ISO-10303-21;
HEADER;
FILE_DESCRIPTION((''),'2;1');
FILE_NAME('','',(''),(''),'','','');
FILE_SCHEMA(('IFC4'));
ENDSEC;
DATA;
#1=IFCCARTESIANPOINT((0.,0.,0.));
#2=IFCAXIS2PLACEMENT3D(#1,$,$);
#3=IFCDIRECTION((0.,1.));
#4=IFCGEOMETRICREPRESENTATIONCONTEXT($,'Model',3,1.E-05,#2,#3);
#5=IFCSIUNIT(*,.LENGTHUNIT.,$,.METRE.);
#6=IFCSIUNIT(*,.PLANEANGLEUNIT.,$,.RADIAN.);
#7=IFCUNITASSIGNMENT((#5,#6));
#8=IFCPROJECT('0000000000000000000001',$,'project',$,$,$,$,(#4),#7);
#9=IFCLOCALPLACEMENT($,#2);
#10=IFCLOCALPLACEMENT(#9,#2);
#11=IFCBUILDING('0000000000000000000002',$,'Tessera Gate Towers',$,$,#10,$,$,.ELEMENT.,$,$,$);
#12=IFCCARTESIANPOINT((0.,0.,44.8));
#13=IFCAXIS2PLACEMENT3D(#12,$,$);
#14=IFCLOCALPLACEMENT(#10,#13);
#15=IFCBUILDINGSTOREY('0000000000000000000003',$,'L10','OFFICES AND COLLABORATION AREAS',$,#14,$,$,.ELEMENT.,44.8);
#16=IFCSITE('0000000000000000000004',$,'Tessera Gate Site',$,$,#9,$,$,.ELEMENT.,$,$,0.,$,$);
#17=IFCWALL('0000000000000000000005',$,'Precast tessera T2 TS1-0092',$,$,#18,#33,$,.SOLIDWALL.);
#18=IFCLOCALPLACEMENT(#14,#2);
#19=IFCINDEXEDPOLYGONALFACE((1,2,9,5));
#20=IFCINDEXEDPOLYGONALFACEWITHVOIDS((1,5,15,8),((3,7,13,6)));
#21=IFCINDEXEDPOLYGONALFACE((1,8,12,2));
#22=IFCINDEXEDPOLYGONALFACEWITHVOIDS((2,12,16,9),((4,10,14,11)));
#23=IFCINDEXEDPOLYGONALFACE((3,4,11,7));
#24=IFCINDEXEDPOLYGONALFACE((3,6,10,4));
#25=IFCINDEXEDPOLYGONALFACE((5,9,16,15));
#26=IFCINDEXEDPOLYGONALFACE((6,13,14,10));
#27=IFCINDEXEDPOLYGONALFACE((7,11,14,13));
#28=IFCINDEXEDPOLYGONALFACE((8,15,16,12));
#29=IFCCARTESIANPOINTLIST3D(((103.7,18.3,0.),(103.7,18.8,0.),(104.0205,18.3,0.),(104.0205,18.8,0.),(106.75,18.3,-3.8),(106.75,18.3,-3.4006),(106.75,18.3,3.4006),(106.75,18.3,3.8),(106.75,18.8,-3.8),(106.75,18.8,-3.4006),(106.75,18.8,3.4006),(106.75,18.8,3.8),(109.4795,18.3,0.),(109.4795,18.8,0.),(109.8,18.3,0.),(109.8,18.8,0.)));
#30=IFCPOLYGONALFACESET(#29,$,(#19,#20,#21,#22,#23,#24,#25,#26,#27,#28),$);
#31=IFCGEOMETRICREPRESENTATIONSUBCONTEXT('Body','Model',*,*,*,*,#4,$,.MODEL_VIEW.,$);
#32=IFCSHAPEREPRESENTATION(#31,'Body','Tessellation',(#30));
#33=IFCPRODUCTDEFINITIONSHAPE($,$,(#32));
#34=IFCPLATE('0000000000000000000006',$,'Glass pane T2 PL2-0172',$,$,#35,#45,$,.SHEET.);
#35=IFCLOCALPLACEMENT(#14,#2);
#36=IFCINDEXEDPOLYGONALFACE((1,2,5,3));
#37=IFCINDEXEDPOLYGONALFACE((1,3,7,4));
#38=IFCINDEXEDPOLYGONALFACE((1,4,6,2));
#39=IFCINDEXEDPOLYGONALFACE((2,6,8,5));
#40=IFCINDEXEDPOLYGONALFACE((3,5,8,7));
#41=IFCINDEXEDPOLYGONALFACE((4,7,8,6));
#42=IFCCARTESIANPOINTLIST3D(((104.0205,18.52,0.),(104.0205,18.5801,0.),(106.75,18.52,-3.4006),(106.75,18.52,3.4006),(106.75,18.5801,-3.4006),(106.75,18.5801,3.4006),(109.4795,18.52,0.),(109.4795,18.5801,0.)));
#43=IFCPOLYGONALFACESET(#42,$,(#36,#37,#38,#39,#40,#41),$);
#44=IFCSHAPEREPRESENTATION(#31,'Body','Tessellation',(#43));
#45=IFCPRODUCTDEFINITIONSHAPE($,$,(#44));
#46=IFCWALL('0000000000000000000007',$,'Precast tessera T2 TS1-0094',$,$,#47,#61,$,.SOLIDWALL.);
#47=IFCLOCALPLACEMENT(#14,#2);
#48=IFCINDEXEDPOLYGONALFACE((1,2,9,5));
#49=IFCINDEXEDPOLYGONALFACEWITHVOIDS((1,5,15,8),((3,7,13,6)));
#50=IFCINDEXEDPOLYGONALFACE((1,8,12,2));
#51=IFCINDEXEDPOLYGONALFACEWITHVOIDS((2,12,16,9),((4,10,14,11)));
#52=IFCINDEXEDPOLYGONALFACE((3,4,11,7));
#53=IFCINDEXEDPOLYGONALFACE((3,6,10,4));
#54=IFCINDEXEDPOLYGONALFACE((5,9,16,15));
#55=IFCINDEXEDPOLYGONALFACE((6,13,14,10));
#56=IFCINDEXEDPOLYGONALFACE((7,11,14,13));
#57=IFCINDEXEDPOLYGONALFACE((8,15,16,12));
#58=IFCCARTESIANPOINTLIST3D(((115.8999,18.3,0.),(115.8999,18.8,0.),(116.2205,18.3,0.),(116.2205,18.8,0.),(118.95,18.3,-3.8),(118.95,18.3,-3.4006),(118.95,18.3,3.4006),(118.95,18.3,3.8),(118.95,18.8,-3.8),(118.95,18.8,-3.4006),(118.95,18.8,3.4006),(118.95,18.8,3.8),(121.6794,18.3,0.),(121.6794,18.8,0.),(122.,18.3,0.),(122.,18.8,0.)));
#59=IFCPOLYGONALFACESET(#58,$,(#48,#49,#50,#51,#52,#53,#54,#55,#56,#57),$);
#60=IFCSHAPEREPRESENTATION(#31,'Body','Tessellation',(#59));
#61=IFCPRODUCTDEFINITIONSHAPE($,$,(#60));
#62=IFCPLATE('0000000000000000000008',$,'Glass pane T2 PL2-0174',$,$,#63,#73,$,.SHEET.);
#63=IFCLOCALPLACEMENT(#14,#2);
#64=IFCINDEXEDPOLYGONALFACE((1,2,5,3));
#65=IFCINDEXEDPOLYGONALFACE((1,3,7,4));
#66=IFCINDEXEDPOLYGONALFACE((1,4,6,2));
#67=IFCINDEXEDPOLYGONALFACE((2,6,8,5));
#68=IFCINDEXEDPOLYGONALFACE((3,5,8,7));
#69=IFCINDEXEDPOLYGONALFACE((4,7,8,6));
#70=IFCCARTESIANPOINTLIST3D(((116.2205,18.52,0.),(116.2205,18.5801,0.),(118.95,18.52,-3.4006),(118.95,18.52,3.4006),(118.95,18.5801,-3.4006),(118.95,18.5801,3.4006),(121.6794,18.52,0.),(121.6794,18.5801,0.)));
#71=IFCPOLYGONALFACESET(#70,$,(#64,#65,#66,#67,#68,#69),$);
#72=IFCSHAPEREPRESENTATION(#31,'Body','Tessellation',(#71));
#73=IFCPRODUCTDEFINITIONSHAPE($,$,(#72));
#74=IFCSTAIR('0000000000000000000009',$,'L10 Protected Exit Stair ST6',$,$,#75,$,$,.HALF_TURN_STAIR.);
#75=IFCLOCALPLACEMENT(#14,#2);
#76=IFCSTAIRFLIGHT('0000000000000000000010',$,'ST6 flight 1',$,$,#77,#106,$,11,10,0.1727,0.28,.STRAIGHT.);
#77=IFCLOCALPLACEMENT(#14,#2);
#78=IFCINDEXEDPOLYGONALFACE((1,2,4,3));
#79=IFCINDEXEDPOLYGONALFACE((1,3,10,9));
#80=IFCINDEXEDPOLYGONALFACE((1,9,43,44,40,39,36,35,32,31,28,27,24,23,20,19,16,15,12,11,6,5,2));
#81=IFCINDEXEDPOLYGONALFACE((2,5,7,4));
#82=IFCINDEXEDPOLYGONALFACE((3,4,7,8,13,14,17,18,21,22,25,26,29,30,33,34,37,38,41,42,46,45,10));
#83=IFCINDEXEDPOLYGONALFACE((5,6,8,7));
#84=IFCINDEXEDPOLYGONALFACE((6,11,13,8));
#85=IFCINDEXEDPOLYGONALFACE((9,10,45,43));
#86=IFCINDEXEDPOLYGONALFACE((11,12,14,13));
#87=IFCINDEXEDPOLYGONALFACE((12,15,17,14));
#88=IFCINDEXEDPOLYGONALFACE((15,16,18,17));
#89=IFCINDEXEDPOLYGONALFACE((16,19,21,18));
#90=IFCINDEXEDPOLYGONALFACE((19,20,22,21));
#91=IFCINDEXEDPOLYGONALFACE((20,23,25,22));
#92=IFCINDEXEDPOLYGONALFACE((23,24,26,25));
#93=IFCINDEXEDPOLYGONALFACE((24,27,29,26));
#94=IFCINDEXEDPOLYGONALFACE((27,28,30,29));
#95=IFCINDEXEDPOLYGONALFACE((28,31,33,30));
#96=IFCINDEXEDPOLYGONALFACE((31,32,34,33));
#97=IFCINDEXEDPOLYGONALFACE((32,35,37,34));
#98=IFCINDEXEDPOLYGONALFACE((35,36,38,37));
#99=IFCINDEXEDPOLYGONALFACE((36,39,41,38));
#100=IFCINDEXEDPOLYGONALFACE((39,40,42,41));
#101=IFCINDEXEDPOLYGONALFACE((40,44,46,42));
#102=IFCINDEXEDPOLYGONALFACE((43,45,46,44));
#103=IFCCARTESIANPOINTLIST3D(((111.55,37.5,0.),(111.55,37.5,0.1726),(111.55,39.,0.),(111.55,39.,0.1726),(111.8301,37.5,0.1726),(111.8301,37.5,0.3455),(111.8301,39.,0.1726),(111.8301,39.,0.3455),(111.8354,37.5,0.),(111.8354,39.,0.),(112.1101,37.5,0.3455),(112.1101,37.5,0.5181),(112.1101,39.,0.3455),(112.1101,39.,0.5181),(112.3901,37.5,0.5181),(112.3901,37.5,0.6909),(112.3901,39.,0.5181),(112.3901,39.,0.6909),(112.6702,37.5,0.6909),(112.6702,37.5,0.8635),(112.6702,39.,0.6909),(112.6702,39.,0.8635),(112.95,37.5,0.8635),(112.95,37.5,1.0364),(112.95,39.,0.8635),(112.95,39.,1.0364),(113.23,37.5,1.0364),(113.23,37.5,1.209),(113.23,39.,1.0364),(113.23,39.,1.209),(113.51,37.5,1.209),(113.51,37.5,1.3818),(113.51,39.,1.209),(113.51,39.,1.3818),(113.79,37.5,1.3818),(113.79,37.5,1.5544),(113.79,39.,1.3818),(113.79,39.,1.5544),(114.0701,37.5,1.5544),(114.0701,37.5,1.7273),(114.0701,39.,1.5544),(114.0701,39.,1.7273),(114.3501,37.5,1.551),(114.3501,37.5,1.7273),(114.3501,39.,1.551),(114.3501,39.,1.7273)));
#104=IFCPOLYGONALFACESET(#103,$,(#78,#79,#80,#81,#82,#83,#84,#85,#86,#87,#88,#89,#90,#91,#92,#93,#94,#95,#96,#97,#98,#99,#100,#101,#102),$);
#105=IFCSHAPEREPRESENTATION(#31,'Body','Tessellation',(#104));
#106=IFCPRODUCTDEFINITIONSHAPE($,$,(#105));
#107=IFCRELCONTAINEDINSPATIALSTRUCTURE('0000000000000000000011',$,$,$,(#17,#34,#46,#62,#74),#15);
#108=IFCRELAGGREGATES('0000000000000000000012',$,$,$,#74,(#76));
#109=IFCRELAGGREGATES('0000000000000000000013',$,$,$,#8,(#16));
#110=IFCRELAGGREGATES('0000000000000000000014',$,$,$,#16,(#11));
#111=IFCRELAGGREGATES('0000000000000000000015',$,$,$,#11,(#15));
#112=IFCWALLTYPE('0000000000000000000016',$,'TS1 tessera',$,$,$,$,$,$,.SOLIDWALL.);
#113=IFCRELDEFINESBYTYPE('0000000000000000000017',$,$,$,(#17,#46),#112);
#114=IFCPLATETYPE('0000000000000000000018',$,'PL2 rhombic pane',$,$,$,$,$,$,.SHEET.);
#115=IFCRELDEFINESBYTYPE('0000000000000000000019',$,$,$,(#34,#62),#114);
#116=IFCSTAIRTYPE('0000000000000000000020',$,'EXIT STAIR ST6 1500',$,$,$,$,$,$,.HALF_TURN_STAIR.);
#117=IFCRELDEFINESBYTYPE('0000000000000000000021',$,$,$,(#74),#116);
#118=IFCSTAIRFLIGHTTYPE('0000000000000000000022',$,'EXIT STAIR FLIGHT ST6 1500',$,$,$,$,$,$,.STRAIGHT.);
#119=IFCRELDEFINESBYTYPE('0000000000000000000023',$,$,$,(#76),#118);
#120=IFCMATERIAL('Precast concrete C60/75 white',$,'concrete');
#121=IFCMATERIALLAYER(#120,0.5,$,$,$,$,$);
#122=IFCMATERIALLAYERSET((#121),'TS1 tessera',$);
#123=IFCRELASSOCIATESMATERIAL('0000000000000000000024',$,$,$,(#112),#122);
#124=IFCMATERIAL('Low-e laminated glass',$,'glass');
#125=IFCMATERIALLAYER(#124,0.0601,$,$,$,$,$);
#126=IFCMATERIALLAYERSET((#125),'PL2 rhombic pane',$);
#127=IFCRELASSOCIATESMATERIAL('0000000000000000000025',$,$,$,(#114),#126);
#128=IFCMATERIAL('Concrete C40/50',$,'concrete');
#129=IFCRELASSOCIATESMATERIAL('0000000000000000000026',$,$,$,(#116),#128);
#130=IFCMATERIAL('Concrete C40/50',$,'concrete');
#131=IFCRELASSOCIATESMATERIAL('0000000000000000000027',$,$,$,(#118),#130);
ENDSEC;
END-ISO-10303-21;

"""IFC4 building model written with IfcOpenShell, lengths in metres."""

from ifc_helpers import new_model, si_unit, direction, frame, origin, place, context, subcontext, project, spatial, polyline, outline, extrude, source, transform, mapped, material, layer, layer_set, type_object, element, fill, aggregate, save


model = new_model("IFC4")

# Units and contexts
model_context = context("Model", 3, precision=1e-05, world=origin(), true_north=direction((0.0, 1.0)))
body_context = subcontext(model_context, "Body", "Model", "MODEL_VIEW")
ifc_project = project(units=[si_unit("LENGTHUNIT", "METRE"), si_unit("PLANEANGLEUNIT", "RADIAN")], contexts=[model_context])

# Site, building, storey
site_placement = place(None, origin())
site = spatial("IfcSite", under=ifc_project, at=site_placement, Name="Tessera Gate Site", CompositionType="ELEMENT", RefElevation=0.0)
building_placement = place(site_placement, origin())
building = spatial("IfcBuilding", under=site, at=building_placement, Name="Tessera Gate Towers", CompositionType="ELEMENT")
storey_placement = place(building_placement, frame((0.0, 0.0, 44.8)))
storey = spatial("IfcBuildingStorey", under=building, at=storey_placement, Name="L10", Description="OFFICES AND COLLABORATION AREAS", CompositionType="ELEMENT", Elevation=44.8)

# Walls, openings, plates
ifc_material_1 = material(Name="Precast concrete C60/75 white", Category="concrete")
ifc_layer_1 = layer(ifc_material_1, 0.5)
ifc_layer_set_1 = layer_set([ifc_layer_1], Name="TS1 tessera")
wall_type_1 = type_object("IfcWallType", Name="TS1 tessera", PredefinedType="SOLIDWALL", material=ifc_layer_set_1)
shared_shape_1 = source(origin(), body_context, "Body", "SweptSolid", [
    extrude(outline(polyline([(3.05, 0.0), (6.1001, 3.8), (3.05, 7.6001), (0.0, 3.8), (3.05, 0.0)])), frame((0.0, 0.25, 0.0), z_axis=(0.0, -1.0, 0.0), x_axis=(1.0, 0.0, 0.0)), (0.0, 0.0, 1.0), 0.5),
])
wall_1_placement = place(storey_placement, frame((103.7, 18.55, -3.8), z_axis=(0.0, 0.0, 1.0), x_axis=(1.0, 0.0, 0.0)))
wall_1 = element("IfcWall", 1, at=wall_1_placement, inside=storey, type_object=wall_type_1, Name="Precast tessera T2 TS1-0092", PredefinedType="SOLIDWALL", context=body_context, shape_type="MappedRepresentation", body=[
    mapped(shared_shape_1, transform((0.0, 0.0, 0.0), scale=1.0)),
])
shared_shape_2 = source(origin(), body_context, "Body", "SweptSolid", [
    extrude(outline(polyline([(3.05, 0.3994), (5.7795, 3.8), (3.05, 7.2007), (0.3206, 3.8), (3.05, 0.3994)])), frame((0.0, 0.26, 0.0), z_axis=(0.0, -1.0, 0.0), x_axis=(1.0, 0.0, 0.0)), (0.0, 0.0, 1.0), 0.52),
])
opening_1_placement = place(wall_1_placement, origin())
opening_1 = element("IfcOpeningElement", 2, at=opening_1_placement, cuts=wall_1, PredefinedType="OPENING", context=body_context, shape_type="MappedRepresentation", body=[
    mapped(shared_shape_2, transform((0.0, 0.0, 0.0), scale=1.0)),
])
ifc_material_2 = material(Name="Low-e laminated glass", Category="glass")
ifc_layer_2 = layer(ifc_material_2, 0.0601)
ifc_layer_set_2 = layer_set([ifc_layer_2], Name="PL2 rhombic pane")
plate_type = type_object("IfcPlateType", Name="PL2 rhombic pane", PredefinedType="SHEET", material=ifc_layer_set_2)
shared_shape_3 = source(origin(), body_context, "Body", "SweptSolid", [
    extrude(outline(polyline([(3.05, 0.3994), (5.7795, 3.8), (3.05, 7.2007), (0.3206, 3.8), (3.05, 0.3994)])), frame((0.0, 0.03, 0.0), z_axis=(0.0, -1.0, 0.0), x_axis=(1.0, 0.0, 0.0)), (0.0, 0.0, 1.0), 0.0601),
])
plate_1_placement = place(opening_1_placement, origin())
plate_1 = element("IfcPlate", 3, at=plate_1_placement, inside=storey, type_object=plate_type, Name="Glass pane T2 PL2-0172", PredefinedType="SHEET", context=body_context, shape_type="MappedRepresentation", body=[
    mapped(shared_shape_3, transform((0.0, 0.0, 0.0), scale=1.0)),
])
fill(opening_1, plate_1)
wall_2_placement = place(storey_placement, frame((115.8999, 18.55, -3.8), z_axis=(0.0, 0.0, 1.0), x_axis=(1.0, 0.0, 0.0)))
wall_2 = element("IfcWall", 4, at=wall_2_placement, inside=storey, type_object=wall_type_1, Name="Precast tessera T2 TS1-0094", PredefinedType="SOLIDWALL", context=body_context, shape_type="MappedRepresentation", body=[
    mapped(shared_shape_1, transform((0.0, 0.0, 0.0), scale=1.0)),
])
opening_2_placement = place(wall_2_placement, origin())
opening_2 = element("IfcOpeningElement", 5, at=opening_2_placement, cuts=wall_2, PredefinedType="OPENING", context=body_context, shape_type="MappedRepresentation", body=[
    mapped(shared_shape_2, transform((0.0, 0.0, 0.0), scale=1.0)),
])
plate_2_placement = place(opening_2_placement, origin())
plate_2 = element("IfcPlate", 6, at=plate_2_placement, inside=storey, type_object=plate_type, Name="Glass pane T2 PL2-0174", PredefinedType="SHEET", context=body_context, shape_type="MappedRepresentation", body=[
    mapped(shared_shape_3, transform((0.0, 0.0, 0.0), scale=1.0)),
])
fill(opening_2, plate_2)

# Stair, stair flight
ifc_material_3 = material(Name="Concrete C40/50", Category="concrete")
stair_type = type_object("IfcStairType", Name="EXIT STAIR ST6 1500", PredefinedType="HALF_TURN_STAIR", material=ifc_material_3)
stair_placement = place(storey_placement, origin())
stair = element("IfcStair", 7, at=stair_placement, inside=storey, type_object=stair_type, Name="L10 Protected Exit Stair ST6", PredefinedType="HALF_TURN_STAIR")
ifc_material_4 = material(Name="Concrete C40/50", Category="concrete")
stair_flight_type = type_object("IfcStairFlightType", Name="EXIT STAIR FLIGHT ST6 1500", PredefinedType="STRAIGHT", material=ifc_material_4)
stair_flight_placement = place(storey_placement, frame((111.55, 38.25, 0.0), z_axis=(0.0, 0.0, 1.0), x_axis=(1.0, 0.0, 0.0)))
stair_flight = element("IfcStairFlight", 8, at=stair_flight_placement, type_object=stair_flight_type, Name="ST6 flight 1", NumberOfRisers=11, NumberOfTreads=10, PredefinedType="STRAIGHT", RiserHeight=0.1727, TreadLength=0.28, context=body_context, shape_type="SweptSolid", body=[
    extrude(outline(polyline([(0.0, 0.0), (0.0, 0.1726), (0.28, 0.1726), (0.28, 0.3455), (0.5601, 0.3455), (0.5601, 0.5181), (0.8401, 0.5181), (0.8401, 0.6909), (1.1201, 0.6909), (1.1201, 0.8635), (1.3999, 0.8635), (1.3999, 1.0364), (1.6799, 1.0364), (1.6799, 1.209), (1.96, 1.209), (1.96, 1.3818), (2.24, 1.3818), (2.24, 1.5544), (2.52, 1.5544), (2.52, 1.7273), (2.8, 1.7273), (2.8, 1.8999), (2.8, 1.551), (0.2854, 0.0), (0.0, 0.0)])), frame((0.0, 0.75, 0.0), z_axis=(0.0, -1.0, 0.0), x_axis=(1.0, 0.0, 0.0)), (0.0, 0.0, 1.0), 1.5),
])
aggregate(stair, [stair_flight])

save(model, "model.ifc")
